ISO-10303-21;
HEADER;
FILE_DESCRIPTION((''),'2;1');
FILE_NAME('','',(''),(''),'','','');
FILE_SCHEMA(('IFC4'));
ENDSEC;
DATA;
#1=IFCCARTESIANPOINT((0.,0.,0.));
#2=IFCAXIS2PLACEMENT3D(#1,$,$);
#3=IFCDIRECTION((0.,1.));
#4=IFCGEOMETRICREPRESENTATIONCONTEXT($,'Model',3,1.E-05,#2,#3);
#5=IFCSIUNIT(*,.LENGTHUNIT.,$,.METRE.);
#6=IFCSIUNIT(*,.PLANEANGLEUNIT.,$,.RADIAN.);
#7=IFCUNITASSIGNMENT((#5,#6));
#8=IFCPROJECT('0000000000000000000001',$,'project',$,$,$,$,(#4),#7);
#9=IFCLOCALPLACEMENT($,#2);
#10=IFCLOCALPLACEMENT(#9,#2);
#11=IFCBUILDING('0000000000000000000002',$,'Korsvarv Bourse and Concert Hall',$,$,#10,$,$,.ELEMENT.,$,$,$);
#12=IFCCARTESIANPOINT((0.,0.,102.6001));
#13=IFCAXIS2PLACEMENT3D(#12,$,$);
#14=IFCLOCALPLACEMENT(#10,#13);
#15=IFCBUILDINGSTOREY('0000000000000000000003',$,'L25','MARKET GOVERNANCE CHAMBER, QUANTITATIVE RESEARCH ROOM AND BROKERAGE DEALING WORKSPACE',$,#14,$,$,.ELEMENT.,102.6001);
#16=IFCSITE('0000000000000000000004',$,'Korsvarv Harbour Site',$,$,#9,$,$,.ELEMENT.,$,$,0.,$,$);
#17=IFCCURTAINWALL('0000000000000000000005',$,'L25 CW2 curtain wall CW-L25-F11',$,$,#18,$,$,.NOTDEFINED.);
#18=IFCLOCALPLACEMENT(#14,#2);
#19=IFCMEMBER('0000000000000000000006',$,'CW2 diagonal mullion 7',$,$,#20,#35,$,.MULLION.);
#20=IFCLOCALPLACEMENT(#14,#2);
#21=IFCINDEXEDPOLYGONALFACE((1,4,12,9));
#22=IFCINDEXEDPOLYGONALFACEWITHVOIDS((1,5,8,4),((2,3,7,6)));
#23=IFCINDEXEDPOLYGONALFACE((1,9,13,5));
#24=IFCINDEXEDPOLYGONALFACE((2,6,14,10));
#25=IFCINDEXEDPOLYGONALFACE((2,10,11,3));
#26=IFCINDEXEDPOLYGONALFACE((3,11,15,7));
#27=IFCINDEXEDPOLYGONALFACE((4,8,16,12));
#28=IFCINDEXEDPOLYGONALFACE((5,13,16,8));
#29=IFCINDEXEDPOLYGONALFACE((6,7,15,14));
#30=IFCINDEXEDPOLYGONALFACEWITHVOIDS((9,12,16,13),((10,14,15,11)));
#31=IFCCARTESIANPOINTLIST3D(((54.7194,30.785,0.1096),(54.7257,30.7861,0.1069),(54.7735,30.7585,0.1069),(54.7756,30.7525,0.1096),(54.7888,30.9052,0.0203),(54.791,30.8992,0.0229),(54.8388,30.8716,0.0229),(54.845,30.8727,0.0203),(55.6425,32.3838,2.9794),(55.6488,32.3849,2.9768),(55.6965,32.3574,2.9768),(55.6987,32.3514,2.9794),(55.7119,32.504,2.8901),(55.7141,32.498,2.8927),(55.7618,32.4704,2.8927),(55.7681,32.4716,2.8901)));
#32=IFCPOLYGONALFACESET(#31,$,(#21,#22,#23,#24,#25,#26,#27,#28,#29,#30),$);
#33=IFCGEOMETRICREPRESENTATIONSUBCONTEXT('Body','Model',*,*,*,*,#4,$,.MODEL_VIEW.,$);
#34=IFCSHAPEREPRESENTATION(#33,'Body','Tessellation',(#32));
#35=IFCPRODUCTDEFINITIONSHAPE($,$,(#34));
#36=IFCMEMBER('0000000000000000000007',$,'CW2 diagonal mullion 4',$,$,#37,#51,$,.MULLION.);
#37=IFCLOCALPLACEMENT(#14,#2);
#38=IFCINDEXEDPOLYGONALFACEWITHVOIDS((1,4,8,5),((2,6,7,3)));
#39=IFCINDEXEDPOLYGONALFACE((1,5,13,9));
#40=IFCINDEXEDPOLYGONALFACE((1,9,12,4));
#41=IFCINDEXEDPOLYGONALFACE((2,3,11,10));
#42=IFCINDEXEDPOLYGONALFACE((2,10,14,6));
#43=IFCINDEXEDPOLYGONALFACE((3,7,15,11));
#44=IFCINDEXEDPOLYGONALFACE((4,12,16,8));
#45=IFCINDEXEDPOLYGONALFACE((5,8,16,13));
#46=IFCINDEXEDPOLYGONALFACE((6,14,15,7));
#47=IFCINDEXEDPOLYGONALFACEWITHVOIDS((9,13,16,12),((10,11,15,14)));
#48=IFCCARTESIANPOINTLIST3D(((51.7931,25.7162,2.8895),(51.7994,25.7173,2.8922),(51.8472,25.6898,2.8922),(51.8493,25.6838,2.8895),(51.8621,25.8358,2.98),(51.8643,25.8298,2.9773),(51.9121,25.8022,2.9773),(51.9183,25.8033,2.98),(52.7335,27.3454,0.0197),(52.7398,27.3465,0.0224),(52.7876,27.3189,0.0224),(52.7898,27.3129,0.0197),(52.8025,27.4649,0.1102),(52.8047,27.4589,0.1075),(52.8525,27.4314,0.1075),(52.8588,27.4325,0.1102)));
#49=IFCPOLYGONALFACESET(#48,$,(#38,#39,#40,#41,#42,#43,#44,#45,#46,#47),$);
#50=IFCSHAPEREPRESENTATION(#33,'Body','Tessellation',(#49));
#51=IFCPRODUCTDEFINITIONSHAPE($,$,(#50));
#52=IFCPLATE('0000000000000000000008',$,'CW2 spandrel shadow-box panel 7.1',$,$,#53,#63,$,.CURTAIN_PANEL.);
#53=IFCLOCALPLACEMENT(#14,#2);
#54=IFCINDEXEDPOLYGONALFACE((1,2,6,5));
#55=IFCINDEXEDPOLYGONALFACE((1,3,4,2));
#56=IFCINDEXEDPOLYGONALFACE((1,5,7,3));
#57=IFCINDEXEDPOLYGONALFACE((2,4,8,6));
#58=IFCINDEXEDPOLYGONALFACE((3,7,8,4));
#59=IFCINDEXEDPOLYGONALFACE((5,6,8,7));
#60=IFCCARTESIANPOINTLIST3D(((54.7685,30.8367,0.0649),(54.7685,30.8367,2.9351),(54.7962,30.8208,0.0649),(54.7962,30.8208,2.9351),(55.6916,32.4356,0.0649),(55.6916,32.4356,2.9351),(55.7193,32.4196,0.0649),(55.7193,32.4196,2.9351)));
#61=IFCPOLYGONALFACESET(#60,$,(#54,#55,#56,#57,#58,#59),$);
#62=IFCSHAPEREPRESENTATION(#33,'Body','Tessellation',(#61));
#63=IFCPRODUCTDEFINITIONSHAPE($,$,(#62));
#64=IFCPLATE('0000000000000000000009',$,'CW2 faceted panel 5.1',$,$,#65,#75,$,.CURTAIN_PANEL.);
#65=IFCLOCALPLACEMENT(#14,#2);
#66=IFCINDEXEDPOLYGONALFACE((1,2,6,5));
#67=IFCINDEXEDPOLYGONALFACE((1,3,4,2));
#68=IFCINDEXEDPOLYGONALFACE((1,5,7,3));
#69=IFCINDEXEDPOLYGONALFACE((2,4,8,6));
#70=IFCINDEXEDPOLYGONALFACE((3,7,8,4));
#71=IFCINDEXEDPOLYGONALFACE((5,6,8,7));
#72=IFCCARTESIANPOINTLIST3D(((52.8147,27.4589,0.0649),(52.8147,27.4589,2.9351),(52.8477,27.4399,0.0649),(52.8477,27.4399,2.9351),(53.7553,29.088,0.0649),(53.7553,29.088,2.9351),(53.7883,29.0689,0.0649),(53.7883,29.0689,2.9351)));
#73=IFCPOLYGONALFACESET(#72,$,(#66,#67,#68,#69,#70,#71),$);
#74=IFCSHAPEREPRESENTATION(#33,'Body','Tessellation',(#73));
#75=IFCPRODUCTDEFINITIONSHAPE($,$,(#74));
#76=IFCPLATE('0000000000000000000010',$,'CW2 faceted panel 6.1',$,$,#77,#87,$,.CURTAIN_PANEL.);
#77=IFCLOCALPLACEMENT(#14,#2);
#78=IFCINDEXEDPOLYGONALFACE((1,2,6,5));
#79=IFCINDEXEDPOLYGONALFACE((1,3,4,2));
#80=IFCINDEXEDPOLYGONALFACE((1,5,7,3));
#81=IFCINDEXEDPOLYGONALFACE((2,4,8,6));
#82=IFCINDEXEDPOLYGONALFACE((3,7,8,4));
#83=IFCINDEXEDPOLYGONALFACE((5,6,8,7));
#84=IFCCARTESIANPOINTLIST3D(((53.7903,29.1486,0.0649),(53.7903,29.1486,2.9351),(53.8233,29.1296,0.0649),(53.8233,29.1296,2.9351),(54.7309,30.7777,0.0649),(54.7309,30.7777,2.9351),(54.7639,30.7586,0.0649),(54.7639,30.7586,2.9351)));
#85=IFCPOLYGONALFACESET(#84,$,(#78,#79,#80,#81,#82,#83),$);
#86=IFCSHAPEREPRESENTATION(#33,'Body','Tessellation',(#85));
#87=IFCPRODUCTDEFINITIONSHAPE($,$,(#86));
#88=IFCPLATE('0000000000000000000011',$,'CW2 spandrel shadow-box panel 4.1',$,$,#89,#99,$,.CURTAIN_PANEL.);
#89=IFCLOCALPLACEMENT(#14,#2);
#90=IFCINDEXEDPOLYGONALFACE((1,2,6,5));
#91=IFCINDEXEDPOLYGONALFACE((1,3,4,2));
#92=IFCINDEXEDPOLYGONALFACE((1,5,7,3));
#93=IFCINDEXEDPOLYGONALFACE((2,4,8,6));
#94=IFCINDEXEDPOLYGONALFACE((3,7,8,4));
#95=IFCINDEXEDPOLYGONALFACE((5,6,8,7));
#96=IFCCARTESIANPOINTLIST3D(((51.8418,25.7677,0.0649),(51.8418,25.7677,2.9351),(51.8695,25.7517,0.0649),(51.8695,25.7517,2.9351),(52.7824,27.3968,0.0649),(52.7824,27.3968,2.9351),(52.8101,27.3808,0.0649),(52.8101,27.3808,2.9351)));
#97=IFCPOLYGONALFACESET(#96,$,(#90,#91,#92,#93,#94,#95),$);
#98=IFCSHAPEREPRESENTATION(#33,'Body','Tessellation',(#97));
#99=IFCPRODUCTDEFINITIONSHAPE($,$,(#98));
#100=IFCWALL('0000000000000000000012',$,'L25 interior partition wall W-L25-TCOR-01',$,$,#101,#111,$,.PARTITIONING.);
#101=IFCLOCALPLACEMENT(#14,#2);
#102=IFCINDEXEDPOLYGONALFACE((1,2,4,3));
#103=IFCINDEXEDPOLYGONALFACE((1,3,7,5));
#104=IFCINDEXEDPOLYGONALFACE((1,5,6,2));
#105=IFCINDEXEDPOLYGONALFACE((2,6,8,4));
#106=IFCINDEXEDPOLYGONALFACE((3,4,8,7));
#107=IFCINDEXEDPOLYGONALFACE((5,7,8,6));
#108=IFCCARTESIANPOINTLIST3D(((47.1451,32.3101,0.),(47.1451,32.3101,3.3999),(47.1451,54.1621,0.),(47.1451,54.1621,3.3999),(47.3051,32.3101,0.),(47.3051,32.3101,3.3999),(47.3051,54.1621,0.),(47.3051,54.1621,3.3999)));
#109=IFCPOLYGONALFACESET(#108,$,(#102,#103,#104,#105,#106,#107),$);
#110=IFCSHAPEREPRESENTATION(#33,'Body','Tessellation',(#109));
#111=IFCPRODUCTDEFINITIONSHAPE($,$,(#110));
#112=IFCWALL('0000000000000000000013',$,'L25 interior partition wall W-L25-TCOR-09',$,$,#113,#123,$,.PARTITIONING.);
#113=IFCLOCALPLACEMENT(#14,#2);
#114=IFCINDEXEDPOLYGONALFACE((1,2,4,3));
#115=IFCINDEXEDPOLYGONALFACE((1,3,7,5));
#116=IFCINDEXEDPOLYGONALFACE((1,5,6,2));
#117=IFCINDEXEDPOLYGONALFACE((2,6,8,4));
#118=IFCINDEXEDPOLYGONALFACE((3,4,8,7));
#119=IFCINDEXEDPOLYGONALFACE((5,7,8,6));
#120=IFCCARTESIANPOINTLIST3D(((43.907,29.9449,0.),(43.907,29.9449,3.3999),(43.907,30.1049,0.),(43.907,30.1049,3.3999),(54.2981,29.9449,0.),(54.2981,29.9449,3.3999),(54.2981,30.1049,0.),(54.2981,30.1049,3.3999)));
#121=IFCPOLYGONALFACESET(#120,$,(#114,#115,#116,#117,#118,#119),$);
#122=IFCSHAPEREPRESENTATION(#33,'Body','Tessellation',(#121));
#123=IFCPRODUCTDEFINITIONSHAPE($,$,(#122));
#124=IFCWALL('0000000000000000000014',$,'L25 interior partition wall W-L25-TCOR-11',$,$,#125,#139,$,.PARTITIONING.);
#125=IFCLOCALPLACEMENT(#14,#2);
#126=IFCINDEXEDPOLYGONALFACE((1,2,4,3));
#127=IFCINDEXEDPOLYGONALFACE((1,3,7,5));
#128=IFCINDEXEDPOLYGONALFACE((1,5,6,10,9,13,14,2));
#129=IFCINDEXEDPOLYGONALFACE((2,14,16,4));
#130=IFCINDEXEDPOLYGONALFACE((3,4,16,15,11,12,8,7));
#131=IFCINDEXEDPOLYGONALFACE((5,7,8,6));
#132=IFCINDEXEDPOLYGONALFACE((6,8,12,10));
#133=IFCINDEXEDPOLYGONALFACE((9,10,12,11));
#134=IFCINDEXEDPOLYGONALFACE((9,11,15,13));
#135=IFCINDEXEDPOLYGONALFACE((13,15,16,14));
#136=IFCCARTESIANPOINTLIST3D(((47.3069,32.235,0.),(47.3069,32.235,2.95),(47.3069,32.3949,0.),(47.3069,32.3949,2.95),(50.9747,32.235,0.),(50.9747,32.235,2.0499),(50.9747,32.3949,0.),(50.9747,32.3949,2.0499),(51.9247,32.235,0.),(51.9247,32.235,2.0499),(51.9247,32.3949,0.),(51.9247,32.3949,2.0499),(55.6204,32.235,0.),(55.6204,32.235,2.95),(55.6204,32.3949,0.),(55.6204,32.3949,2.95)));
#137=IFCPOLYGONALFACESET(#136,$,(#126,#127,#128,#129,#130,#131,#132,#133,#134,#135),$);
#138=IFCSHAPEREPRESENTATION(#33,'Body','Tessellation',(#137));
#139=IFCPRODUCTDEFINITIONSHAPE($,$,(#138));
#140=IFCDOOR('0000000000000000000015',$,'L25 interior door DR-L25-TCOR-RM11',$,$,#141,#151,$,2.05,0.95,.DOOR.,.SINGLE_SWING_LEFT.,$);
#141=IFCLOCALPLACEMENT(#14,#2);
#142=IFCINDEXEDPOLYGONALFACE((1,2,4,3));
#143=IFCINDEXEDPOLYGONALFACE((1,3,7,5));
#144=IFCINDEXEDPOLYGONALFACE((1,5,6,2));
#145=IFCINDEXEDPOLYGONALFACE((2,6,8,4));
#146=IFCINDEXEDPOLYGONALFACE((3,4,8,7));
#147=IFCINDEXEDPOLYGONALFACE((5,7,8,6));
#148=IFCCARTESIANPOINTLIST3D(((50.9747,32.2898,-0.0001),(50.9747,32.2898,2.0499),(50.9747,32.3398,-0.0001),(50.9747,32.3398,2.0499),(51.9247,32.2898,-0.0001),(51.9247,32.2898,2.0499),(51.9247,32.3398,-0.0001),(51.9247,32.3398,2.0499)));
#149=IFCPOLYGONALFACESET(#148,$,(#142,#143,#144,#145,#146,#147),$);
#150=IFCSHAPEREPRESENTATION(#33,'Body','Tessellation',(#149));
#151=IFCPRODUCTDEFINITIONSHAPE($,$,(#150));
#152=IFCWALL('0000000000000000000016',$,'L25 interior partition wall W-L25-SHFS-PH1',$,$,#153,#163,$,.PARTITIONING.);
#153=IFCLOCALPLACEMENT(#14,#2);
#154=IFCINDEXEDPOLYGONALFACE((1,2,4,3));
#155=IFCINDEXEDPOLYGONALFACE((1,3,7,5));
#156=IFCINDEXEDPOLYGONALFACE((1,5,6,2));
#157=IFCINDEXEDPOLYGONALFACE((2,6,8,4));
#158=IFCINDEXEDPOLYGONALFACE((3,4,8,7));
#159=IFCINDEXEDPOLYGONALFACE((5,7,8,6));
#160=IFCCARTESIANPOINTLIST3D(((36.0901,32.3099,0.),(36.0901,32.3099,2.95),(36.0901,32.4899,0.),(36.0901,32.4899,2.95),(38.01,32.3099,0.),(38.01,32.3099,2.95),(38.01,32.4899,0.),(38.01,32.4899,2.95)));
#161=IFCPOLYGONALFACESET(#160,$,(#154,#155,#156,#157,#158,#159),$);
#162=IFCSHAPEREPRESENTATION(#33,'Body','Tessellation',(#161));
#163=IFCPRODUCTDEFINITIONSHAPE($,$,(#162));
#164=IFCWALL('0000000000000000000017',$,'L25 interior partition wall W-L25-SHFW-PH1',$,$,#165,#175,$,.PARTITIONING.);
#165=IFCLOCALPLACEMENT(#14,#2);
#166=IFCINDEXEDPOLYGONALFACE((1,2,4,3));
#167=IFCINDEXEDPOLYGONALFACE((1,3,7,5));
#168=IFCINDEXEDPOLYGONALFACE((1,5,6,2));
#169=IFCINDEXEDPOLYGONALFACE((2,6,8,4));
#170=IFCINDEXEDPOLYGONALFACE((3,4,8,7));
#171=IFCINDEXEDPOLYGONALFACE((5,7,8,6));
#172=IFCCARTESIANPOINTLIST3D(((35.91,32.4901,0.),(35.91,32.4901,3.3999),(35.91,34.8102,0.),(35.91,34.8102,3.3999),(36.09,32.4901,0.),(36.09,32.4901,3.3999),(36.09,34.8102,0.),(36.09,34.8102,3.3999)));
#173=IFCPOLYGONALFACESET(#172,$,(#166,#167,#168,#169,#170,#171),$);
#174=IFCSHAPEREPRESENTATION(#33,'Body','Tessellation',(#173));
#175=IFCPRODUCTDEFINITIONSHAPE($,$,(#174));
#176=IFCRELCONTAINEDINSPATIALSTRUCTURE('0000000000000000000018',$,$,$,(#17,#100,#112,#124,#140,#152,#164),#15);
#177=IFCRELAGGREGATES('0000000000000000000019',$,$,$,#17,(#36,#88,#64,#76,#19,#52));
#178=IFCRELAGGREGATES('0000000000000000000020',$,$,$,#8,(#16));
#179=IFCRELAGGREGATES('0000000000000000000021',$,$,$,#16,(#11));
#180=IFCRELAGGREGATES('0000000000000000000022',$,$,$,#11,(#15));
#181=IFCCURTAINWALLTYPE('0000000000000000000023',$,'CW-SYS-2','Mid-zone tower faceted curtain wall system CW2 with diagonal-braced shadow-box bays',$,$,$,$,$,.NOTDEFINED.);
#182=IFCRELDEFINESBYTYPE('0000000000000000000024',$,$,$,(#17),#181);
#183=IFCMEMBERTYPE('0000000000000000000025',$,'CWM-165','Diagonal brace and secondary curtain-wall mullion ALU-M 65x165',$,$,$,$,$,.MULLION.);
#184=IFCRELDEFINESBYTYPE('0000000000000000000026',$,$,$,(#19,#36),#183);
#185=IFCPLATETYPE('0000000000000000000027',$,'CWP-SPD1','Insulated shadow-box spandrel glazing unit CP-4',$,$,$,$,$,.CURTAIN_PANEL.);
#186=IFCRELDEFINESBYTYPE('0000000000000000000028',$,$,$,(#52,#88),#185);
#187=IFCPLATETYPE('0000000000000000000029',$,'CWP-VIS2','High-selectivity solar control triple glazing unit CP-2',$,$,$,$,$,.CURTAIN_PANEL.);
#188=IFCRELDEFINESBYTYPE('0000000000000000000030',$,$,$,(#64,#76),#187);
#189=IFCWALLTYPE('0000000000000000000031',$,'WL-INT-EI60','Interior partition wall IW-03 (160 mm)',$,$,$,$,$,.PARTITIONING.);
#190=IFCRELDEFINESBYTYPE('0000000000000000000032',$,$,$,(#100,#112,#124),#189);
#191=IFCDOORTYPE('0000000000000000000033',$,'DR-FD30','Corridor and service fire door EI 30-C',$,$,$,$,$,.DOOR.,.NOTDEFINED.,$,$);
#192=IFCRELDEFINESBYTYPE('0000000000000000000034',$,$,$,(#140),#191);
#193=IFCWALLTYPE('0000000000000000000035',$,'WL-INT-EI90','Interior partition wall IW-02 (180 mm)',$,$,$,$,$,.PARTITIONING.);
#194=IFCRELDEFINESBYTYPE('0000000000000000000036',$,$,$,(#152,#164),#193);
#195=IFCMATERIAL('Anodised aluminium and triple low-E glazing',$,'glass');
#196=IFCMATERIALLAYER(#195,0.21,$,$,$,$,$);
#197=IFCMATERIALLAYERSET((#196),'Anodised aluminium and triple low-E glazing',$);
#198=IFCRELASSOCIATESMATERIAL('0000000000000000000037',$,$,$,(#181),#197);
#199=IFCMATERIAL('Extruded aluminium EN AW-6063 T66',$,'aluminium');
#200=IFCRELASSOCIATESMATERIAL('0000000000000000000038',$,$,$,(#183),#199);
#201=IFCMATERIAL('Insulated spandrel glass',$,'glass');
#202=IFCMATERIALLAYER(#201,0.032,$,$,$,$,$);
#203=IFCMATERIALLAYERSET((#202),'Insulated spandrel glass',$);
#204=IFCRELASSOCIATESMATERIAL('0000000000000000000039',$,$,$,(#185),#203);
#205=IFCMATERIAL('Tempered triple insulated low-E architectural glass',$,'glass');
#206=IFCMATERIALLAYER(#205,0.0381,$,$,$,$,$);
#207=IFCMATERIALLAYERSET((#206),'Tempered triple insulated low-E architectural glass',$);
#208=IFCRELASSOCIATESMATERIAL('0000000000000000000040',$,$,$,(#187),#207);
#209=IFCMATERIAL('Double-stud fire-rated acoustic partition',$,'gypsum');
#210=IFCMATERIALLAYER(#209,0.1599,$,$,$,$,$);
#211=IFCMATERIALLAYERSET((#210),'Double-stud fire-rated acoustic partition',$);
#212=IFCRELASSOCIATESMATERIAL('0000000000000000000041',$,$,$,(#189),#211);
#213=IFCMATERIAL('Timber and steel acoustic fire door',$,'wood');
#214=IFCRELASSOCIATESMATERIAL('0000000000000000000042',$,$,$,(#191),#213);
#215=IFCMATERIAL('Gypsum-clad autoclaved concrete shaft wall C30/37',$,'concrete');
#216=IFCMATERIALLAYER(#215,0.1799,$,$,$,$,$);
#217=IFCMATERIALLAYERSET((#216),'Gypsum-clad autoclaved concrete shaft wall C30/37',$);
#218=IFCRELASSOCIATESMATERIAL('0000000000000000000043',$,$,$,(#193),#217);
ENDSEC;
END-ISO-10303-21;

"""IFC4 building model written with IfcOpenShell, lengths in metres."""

from ifc_helpers import new_model, si_unit, direction, frame, frame_2d, origin, origin_2d, place, context, subcontext, project, spatial, rectangle, hollow_rectangle, extrude, source, transform, mapped, material, layer, layer_set, material_profile, profile_set, type_object, element, fill, aggregate, save


model = new_model("IFC4")

# Units and contexts
model_context = context("Model", 3, precision=1e-05, world=origin(), true_north=direction((0.0, 1.0)))
body_context = subcontext(model_context, "Body", "Model", "MODEL_VIEW")
ifc_project = project(units=[si_unit("LENGTHUNIT", "METRE"), si_unit("PLANEANGLEUNIT", "RADIAN")], contexts=[model_context])

# Site, building, storey
site_placement = place(None, origin())
site = spatial("IfcSite", under=ifc_project, at=site_placement, Name="Korsvarv Harbour Site", CompositionType="ELEMENT", RefElevation=0.0)
building_placement = place(site_placement, origin())
building = spatial("IfcBuilding", under=site, at=building_placement, Name="Korsvarv Bourse and Concert Hall", CompositionType="ELEMENT")
storey_placement = place(building_placement, frame((0.0, 0.0, 102.6001)))
storey = spatial("IfcBuildingStorey", under=building, at=storey_placement, Name="L25", Description="MARKET GOVERNANCE CHAMBER, QUANTITATIVE RESEARCH ROOM AND BROKERAGE DEALING WORKSPACE", CompositionType="ELEMENT", Elevation=102.6001)

# Curtain wall, members, plates
ifc_material_1 = material(Name="Anodised aluminium and triple low-E glazing", Category="glass")
ifc_layer_1 = layer(ifc_material_1, 0.21)
ifc_layer_set_1 = layer_set([ifc_layer_1], Name="Anodised aluminium and triple low-E glazing")
curtain_wall_type = type_object("IfcCurtainWallType", Name="CW-SYS-2", Description="Mid-zone tower faceted curtain wall system CW2 with diagonal-braced shadow-box bays", PredefinedType="NOTDEFINED", material=ifc_layer_set_1)
curtain_wall_placement = place(storey_placement, origin())
curtain_wall = element("IfcCurtainWall", 1, at=curtain_wall_placement, inside=storey, type_object=curtain_wall_type, Name="L25 CW2 curtain wall CW-L25-F11", PredefinedType="NOTDEFINED")
ifc_material_2 = material(Name="Extruded aluminium EN AW-6063 T66", Category="aluminium")
ifc_material_profile_1 = material_profile(ifc_material_2, hollow_rectangle(XDim=0.0649, YDim=0.165, WallThickness=0.0049, at=origin_2d()), Name="ALU-M 65x165")
ifc_profile_set_1 = profile_set([ifc_material_profile_1], Name="Extruded aluminium EN AW-6063 T66")
member_type_1 = type_object("IfcMemberType", Name="CWM-165", Description="Diagonal brace and secondary curtain-wall mullion ALU-M 65x165", PredefinedType="MULLION", material=ifc_profile_set_1)
shared_shape_1 = source(origin(), body_context, "Body", "SweptSolid", [
    extrude(hollow_rectangle(XDim=0.0649, YDim=0.165, WallThickness=0.0049, at=origin_2d()), origin(), (0.0, 0.0, 1.0), 3.4124),
])
member_1_placement = place(storey_placement, frame((54.7822, 30.8289, 0.0649), z_axis=(0.27051, 0.468545, 0.841005), x_axis=(-0.866029, 0.499993, 0.0)))
member_1 = element("IfcMember", 2, at=member_1_placement, type_object=member_type_1, Name="CW2 diagonal mullion 7", PredefinedType="MULLION", context=body_context, shape_type="MappedRepresentation", body=[
    mapped(shared_shape_1, transform((0.0, 0.0, 0.0), scale=1.0)),
])
shared_shape_2 = source(origin(), body_context, "Body", "SweptSolid", [
    extrude(hollow_rectangle(XDim=0.0649, YDim=0.165, WallThickness=0.0049, at=origin_2d()), origin(), (0.0, 0.0, 1.0), 3.4314),
])
member_2_placement = place(storey_placement, frame((52.7961, 27.3889, 0.0649), z_axis=(-0.274064, -0.474773, 0.836349), x_axis=(0.866062, -0.499936, 0.0)))
member_2 = element("IfcMember", 3, at=member_2_placement, type_object=member_type_1, Name="CW2 diagonal mullion 4", PredefinedType="MULLION", context=body_context, shape_type="MappedRepresentation", body=[
    mapped(shared_shape_2, transform((0.0, 0.0, 0.0), scale=1.0)),
])
ifc_material_3 = material(Name="Insulated spandrel glass", Category="glass")
ifc_layer_2 = layer(ifc_material_3, 0.032)
ifc_layer_set_2 = layer_set([ifc_layer_2], Name="Insulated spandrel glass")
plate_type_1 = type_object("IfcPlateType", Name="CWP-SPD1", Description="Insulated shadow-box spandrel glazing unit CP-4", PredefinedType="CURTAIN_PANEL", material=ifc_layer_set_2)
shared_shape_3 = source(origin(), body_context, "Body", "SweptSolid", [
    extrude(rectangle(XDim=1.8462, YDim=0.032, at=origin_2d()), origin(), (0.0, 0.0, 1.0), 2.8701),
])
plate_1_placement = place(storey_placement, frame((55.2439, 31.6282, 0.0649), z_axis=(0.0, 0.0, 1.0), x_axis=(0.500002, 0.866024, 0.0)))
plate_1 = element("IfcPlate", 4, at=plate_1_placement, type_object=plate_type_1, Name="CW2 spandrel shadow-box panel 7.1", PredefinedType="CURTAIN_PANEL", context=body_context, shape_type="MappedRepresentation", body=[
    mapped(shared_shape_3, transform((0.0, 0.0, 0.0), scale=1.0)),
])
ifc_material_4 = material(Name="Tempered triple insulated low-E architectural glass", Category="glass")
ifc_layer_3 = layer(ifc_material_4, 0.0381)
ifc_layer_set_3 = layer_set([ifc_layer_3], Name="Tempered triple insulated low-E architectural glass")
plate_type_2 = type_object("IfcPlateType", Name="CWP-VIS2", Description="High-selectivity solar control triple glazing unit CP-2", PredefinedType="CURTAIN_PANEL", material=ifc_layer_set_3)
shared_shape_4 = source(origin(), body_context, "Body", "SweptSolid", [
    extrude(rectangle(XDim=1.8811, YDim=0.0381, at=origin_2d()), origin(), (0.0, 0.0, 1.0), 2.8701),
])
plate_2_placement = place(storey_placement, frame((53.3015, 28.2639, 0.0649), z_axis=(0.0, 0.0, 1.0), x_axis=(0.500002, 0.866024, 0.0)))
plate_2 = element("IfcPlate", 5, at=plate_2_placement, type_object=plate_type_2, Name="CW2 faceted panel 5.1", PredefinedType="CURTAIN_PANEL", context=body_context, shape_type="MappedRepresentation", body=[
    mapped(shared_shape_4, transform((0.0, 0.0, 0.0), scale=1.0)),
])
plate_3_placement = place(storey_placement, frame((54.2771, 29.9536, 0.0649), z_axis=(0.0, 0.0, 1.0), x_axis=(0.500002, 0.866024, 0.0)))
plate_3 = element("IfcPlate", 6, at=plate_3_placement, type_object=plate_type_2, Name="CW2 faceted panel 6.1", PredefinedType="CURTAIN_PANEL", context=body_context, shape_type="MappedRepresentation", body=[
    mapped(shared_shape_4, transform((0.0, 0.0, 0.0), scale=1.0)),
])
shared_shape_5 = source(origin(), body_context, "Body", "SweptSolid", [
    extrude(rectangle(XDim=1.8811, YDim=0.032, at=origin_2d()), origin(), (0.0, 0.0, 1.0), 2.8701),
])
plate_4_placement = place(storey_placement, frame((52.3259, 26.5742, 0.0649), z_axis=(0.0, 0.0, 1.0), x_axis=(0.500002, 0.866024, 0.0)))
plate_4 = element("IfcPlate", 7, at=plate_4_placement, type_object=plate_type_1, Name="CW2 spandrel shadow-box panel 4.1", PredefinedType="CURTAIN_PANEL", context=body_context, shape_type="MappedRepresentation", body=[
    mapped(shared_shape_5, transform((0.0, 0.0, 0.0), scale=1.0)),
])
aggregate(curtain_wall, [member_2, plate_4, plate_2, plate_3, member_1, plate_1])

# Walls
ifc_material_5 = material(Name="Double-stud fire-rated acoustic partition", Category="gypsum")
ifc_layer_4 = layer(ifc_material_5, 0.1599)
ifc_layer_set_4 = layer_set([ifc_layer_4], Name="Double-stud fire-rated acoustic partition")
wall_type_1 = type_object("IfcWallType", Name="WL-INT-EI60", Description="Interior partition wall IW-03 (160 mm)", PredefinedType="PARTITIONING", material=ifc_layer_set_4)
wall_1_placement = place(storey_placement, frame((47.2251, 32.3101, 0.0), z_axis=(0.0, 0.0, 1.0), x_axis=(0.0, 1.0, 0.0)))
element("IfcWall", 8, at=wall_1_placement, inside=storey, type_object=wall_type_1, Name="L25 interior partition wall W-L25-TCOR-01", PredefinedType="PARTITIONING", context=body_context, shape_type="SweptSolid", body=[
    extrude(rectangle(XDim=21.8521, YDim=0.1599, at=frame_2d((10.926, 0.0))), origin(), (0.0, 0.0, 1.0), 3.3999),
])
wall_2_placement = place(storey_placement, frame((43.907, 30.0249, 0.0), z_axis=(0.0, 0.0, 1.0), x_axis=(1.0, 0.0, 0.0)))
element("IfcWall", 9, at=wall_2_placement, inside=storey, type_object=wall_type_1, Name="L25 interior partition wall W-L25-TCOR-09", PredefinedType="PARTITIONING", context=body_context, shape_type="SweptSolid", body=[
    extrude(rectangle(XDim=10.3911, YDim=0.1599, at=frame_2d((5.1956, 0.0))), origin(), (0.0, 0.0, 1.0), 3.3999),
])

# Wall, opening, door
wall_3_placement = place(storey_placement, frame((47.3069, 32.3149, 0.0), z_axis=(0.0, 0.0, 1.0), x_axis=(1.0, 0.0, 0.0)))
wall_3 = element("IfcWall", 10, at=wall_3_placement, inside=storey, type_object=wall_type_1, Name="L25 interior partition wall W-L25-TCOR-11", PredefinedType="PARTITIONING", context=body_context, shape_type="SweptSolid", body=[
    extrude(rectangle(XDim=8.3135, YDim=0.1599, at=frame_2d((4.1567, 0.0))), origin(), (0.0, 0.0, 1.0), 2.95),
])
opening_placement = place(wall_3_placement, frame((3.6677, 0.0, 0.0)))
opening = element("IfcOpeningElement", 11, at=opening_placement, cuts=wall_3, PredefinedType="OPENING", context=body_context, shape_type="SweptSolid", body=[
    extrude(rectangle(XDim=0.95, YDim=2.05, at=frame_2d((0.4751, 1.0249))), frame((0.0, 0.0898, 0.0), z_axis=(0.0, -1.0, 0.0), x_axis=(1.0, 0.0, 0.0)), (0.0, 0.0, 1.0), 0.1799),
])
ifc_material_6 = material(Name="Timber and steel acoustic fire door", Category="wood")
door_type = type_object("IfcDoorType", Name="DR-FD30", Description="Corridor and service fire door EI 30-C", OperationType="NOTDEFINED", PredefinedType="DOOR", material=ifc_material_6)
door_placement = place(opening_placement, origin())
door = element("IfcDoor", 12, at=door_placement, inside=storey, type_object=door_type, Name="L25 interior door DR-L25-TCOR-RM11", OperationType="SINGLE_SWING_LEFT", OverallHeight=2.05, OverallWidth=0.95, PredefinedType="DOOR", context=body_context, shape_type="SweptSolid", body=[
    extrude(rectangle(XDim=0.95, YDim=2.05, at=frame_2d((0.4751, 1.0249))), frame((0.0, 0.0249, 0.0), z_axis=(0.0, -1.0, 0.0), x_axis=(1.0, 0.0, 0.0)), (0.0, 0.0, 1.0), 0.05),
])
fill(opening, door)

# Walls
ifc_material_7 = material(Name="Gypsum-clad autoclaved concrete shaft wall C30/37", Category="concrete")
ifc_layer_5 = layer(ifc_material_7, 0.1799)
ifc_layer_set_5 = layer_set([ifc_layer_5], Name="Gypsum-clad autoclaved concrete shaft wall C30/37")
wall_type_2 = type_object("IfcWallType", Name="WL-INT-EI90", Description="Interior partition wall IW-02 (180 mm)", PredefinedType="PARTITIONING", material=ifc_layer_set_5)
wall_4_placement = place(storey_placement, frame((36.0901, 32.3999, 0.0), z_axis=(0.0, 0.0, 1.0), x_axis=(1.0, 0.0, 0.0)))
element("IfcWall", 13, at=wall_4_placement, inside=storey, type_object=wall_type_2, Name="L25 interior partition wall W-L25-SHFS-PH1", PredefinedType="PARTITIONING", context=body_context, shape_type="SweptSolid", body=[
    extrude(rectangle(XDim=1.9199, YDim=0.1799, at=frame_2d((0.96, 0.0))), origin(), (0.0, 0.0, 1.0), 2.95),
])
wall_5_placement = place(storey_placement, frame((36.0, 32.49, 0.0), z_axis=(0.0, 0.0, 1.0), x_axis=(0.0, 1.0, 0.0)))
element("IfcWall", 14, at=wall_5_placement, inside=storey, type_object=wall_type_2, Name="L25 interior partition wall W-L25-SHFW-PH1", PredefinedType="PARTITIONING", context=body_context, shape_type="SweptSolid", body=[
    extrude(rectangle(XDim=2.3201, YDim=0.1799, at=frame_2d((1.1602, 0.0))), origin(), (0.0, 0.0, 1.0), 3.3999),
])

save(model, "model.ifc")
